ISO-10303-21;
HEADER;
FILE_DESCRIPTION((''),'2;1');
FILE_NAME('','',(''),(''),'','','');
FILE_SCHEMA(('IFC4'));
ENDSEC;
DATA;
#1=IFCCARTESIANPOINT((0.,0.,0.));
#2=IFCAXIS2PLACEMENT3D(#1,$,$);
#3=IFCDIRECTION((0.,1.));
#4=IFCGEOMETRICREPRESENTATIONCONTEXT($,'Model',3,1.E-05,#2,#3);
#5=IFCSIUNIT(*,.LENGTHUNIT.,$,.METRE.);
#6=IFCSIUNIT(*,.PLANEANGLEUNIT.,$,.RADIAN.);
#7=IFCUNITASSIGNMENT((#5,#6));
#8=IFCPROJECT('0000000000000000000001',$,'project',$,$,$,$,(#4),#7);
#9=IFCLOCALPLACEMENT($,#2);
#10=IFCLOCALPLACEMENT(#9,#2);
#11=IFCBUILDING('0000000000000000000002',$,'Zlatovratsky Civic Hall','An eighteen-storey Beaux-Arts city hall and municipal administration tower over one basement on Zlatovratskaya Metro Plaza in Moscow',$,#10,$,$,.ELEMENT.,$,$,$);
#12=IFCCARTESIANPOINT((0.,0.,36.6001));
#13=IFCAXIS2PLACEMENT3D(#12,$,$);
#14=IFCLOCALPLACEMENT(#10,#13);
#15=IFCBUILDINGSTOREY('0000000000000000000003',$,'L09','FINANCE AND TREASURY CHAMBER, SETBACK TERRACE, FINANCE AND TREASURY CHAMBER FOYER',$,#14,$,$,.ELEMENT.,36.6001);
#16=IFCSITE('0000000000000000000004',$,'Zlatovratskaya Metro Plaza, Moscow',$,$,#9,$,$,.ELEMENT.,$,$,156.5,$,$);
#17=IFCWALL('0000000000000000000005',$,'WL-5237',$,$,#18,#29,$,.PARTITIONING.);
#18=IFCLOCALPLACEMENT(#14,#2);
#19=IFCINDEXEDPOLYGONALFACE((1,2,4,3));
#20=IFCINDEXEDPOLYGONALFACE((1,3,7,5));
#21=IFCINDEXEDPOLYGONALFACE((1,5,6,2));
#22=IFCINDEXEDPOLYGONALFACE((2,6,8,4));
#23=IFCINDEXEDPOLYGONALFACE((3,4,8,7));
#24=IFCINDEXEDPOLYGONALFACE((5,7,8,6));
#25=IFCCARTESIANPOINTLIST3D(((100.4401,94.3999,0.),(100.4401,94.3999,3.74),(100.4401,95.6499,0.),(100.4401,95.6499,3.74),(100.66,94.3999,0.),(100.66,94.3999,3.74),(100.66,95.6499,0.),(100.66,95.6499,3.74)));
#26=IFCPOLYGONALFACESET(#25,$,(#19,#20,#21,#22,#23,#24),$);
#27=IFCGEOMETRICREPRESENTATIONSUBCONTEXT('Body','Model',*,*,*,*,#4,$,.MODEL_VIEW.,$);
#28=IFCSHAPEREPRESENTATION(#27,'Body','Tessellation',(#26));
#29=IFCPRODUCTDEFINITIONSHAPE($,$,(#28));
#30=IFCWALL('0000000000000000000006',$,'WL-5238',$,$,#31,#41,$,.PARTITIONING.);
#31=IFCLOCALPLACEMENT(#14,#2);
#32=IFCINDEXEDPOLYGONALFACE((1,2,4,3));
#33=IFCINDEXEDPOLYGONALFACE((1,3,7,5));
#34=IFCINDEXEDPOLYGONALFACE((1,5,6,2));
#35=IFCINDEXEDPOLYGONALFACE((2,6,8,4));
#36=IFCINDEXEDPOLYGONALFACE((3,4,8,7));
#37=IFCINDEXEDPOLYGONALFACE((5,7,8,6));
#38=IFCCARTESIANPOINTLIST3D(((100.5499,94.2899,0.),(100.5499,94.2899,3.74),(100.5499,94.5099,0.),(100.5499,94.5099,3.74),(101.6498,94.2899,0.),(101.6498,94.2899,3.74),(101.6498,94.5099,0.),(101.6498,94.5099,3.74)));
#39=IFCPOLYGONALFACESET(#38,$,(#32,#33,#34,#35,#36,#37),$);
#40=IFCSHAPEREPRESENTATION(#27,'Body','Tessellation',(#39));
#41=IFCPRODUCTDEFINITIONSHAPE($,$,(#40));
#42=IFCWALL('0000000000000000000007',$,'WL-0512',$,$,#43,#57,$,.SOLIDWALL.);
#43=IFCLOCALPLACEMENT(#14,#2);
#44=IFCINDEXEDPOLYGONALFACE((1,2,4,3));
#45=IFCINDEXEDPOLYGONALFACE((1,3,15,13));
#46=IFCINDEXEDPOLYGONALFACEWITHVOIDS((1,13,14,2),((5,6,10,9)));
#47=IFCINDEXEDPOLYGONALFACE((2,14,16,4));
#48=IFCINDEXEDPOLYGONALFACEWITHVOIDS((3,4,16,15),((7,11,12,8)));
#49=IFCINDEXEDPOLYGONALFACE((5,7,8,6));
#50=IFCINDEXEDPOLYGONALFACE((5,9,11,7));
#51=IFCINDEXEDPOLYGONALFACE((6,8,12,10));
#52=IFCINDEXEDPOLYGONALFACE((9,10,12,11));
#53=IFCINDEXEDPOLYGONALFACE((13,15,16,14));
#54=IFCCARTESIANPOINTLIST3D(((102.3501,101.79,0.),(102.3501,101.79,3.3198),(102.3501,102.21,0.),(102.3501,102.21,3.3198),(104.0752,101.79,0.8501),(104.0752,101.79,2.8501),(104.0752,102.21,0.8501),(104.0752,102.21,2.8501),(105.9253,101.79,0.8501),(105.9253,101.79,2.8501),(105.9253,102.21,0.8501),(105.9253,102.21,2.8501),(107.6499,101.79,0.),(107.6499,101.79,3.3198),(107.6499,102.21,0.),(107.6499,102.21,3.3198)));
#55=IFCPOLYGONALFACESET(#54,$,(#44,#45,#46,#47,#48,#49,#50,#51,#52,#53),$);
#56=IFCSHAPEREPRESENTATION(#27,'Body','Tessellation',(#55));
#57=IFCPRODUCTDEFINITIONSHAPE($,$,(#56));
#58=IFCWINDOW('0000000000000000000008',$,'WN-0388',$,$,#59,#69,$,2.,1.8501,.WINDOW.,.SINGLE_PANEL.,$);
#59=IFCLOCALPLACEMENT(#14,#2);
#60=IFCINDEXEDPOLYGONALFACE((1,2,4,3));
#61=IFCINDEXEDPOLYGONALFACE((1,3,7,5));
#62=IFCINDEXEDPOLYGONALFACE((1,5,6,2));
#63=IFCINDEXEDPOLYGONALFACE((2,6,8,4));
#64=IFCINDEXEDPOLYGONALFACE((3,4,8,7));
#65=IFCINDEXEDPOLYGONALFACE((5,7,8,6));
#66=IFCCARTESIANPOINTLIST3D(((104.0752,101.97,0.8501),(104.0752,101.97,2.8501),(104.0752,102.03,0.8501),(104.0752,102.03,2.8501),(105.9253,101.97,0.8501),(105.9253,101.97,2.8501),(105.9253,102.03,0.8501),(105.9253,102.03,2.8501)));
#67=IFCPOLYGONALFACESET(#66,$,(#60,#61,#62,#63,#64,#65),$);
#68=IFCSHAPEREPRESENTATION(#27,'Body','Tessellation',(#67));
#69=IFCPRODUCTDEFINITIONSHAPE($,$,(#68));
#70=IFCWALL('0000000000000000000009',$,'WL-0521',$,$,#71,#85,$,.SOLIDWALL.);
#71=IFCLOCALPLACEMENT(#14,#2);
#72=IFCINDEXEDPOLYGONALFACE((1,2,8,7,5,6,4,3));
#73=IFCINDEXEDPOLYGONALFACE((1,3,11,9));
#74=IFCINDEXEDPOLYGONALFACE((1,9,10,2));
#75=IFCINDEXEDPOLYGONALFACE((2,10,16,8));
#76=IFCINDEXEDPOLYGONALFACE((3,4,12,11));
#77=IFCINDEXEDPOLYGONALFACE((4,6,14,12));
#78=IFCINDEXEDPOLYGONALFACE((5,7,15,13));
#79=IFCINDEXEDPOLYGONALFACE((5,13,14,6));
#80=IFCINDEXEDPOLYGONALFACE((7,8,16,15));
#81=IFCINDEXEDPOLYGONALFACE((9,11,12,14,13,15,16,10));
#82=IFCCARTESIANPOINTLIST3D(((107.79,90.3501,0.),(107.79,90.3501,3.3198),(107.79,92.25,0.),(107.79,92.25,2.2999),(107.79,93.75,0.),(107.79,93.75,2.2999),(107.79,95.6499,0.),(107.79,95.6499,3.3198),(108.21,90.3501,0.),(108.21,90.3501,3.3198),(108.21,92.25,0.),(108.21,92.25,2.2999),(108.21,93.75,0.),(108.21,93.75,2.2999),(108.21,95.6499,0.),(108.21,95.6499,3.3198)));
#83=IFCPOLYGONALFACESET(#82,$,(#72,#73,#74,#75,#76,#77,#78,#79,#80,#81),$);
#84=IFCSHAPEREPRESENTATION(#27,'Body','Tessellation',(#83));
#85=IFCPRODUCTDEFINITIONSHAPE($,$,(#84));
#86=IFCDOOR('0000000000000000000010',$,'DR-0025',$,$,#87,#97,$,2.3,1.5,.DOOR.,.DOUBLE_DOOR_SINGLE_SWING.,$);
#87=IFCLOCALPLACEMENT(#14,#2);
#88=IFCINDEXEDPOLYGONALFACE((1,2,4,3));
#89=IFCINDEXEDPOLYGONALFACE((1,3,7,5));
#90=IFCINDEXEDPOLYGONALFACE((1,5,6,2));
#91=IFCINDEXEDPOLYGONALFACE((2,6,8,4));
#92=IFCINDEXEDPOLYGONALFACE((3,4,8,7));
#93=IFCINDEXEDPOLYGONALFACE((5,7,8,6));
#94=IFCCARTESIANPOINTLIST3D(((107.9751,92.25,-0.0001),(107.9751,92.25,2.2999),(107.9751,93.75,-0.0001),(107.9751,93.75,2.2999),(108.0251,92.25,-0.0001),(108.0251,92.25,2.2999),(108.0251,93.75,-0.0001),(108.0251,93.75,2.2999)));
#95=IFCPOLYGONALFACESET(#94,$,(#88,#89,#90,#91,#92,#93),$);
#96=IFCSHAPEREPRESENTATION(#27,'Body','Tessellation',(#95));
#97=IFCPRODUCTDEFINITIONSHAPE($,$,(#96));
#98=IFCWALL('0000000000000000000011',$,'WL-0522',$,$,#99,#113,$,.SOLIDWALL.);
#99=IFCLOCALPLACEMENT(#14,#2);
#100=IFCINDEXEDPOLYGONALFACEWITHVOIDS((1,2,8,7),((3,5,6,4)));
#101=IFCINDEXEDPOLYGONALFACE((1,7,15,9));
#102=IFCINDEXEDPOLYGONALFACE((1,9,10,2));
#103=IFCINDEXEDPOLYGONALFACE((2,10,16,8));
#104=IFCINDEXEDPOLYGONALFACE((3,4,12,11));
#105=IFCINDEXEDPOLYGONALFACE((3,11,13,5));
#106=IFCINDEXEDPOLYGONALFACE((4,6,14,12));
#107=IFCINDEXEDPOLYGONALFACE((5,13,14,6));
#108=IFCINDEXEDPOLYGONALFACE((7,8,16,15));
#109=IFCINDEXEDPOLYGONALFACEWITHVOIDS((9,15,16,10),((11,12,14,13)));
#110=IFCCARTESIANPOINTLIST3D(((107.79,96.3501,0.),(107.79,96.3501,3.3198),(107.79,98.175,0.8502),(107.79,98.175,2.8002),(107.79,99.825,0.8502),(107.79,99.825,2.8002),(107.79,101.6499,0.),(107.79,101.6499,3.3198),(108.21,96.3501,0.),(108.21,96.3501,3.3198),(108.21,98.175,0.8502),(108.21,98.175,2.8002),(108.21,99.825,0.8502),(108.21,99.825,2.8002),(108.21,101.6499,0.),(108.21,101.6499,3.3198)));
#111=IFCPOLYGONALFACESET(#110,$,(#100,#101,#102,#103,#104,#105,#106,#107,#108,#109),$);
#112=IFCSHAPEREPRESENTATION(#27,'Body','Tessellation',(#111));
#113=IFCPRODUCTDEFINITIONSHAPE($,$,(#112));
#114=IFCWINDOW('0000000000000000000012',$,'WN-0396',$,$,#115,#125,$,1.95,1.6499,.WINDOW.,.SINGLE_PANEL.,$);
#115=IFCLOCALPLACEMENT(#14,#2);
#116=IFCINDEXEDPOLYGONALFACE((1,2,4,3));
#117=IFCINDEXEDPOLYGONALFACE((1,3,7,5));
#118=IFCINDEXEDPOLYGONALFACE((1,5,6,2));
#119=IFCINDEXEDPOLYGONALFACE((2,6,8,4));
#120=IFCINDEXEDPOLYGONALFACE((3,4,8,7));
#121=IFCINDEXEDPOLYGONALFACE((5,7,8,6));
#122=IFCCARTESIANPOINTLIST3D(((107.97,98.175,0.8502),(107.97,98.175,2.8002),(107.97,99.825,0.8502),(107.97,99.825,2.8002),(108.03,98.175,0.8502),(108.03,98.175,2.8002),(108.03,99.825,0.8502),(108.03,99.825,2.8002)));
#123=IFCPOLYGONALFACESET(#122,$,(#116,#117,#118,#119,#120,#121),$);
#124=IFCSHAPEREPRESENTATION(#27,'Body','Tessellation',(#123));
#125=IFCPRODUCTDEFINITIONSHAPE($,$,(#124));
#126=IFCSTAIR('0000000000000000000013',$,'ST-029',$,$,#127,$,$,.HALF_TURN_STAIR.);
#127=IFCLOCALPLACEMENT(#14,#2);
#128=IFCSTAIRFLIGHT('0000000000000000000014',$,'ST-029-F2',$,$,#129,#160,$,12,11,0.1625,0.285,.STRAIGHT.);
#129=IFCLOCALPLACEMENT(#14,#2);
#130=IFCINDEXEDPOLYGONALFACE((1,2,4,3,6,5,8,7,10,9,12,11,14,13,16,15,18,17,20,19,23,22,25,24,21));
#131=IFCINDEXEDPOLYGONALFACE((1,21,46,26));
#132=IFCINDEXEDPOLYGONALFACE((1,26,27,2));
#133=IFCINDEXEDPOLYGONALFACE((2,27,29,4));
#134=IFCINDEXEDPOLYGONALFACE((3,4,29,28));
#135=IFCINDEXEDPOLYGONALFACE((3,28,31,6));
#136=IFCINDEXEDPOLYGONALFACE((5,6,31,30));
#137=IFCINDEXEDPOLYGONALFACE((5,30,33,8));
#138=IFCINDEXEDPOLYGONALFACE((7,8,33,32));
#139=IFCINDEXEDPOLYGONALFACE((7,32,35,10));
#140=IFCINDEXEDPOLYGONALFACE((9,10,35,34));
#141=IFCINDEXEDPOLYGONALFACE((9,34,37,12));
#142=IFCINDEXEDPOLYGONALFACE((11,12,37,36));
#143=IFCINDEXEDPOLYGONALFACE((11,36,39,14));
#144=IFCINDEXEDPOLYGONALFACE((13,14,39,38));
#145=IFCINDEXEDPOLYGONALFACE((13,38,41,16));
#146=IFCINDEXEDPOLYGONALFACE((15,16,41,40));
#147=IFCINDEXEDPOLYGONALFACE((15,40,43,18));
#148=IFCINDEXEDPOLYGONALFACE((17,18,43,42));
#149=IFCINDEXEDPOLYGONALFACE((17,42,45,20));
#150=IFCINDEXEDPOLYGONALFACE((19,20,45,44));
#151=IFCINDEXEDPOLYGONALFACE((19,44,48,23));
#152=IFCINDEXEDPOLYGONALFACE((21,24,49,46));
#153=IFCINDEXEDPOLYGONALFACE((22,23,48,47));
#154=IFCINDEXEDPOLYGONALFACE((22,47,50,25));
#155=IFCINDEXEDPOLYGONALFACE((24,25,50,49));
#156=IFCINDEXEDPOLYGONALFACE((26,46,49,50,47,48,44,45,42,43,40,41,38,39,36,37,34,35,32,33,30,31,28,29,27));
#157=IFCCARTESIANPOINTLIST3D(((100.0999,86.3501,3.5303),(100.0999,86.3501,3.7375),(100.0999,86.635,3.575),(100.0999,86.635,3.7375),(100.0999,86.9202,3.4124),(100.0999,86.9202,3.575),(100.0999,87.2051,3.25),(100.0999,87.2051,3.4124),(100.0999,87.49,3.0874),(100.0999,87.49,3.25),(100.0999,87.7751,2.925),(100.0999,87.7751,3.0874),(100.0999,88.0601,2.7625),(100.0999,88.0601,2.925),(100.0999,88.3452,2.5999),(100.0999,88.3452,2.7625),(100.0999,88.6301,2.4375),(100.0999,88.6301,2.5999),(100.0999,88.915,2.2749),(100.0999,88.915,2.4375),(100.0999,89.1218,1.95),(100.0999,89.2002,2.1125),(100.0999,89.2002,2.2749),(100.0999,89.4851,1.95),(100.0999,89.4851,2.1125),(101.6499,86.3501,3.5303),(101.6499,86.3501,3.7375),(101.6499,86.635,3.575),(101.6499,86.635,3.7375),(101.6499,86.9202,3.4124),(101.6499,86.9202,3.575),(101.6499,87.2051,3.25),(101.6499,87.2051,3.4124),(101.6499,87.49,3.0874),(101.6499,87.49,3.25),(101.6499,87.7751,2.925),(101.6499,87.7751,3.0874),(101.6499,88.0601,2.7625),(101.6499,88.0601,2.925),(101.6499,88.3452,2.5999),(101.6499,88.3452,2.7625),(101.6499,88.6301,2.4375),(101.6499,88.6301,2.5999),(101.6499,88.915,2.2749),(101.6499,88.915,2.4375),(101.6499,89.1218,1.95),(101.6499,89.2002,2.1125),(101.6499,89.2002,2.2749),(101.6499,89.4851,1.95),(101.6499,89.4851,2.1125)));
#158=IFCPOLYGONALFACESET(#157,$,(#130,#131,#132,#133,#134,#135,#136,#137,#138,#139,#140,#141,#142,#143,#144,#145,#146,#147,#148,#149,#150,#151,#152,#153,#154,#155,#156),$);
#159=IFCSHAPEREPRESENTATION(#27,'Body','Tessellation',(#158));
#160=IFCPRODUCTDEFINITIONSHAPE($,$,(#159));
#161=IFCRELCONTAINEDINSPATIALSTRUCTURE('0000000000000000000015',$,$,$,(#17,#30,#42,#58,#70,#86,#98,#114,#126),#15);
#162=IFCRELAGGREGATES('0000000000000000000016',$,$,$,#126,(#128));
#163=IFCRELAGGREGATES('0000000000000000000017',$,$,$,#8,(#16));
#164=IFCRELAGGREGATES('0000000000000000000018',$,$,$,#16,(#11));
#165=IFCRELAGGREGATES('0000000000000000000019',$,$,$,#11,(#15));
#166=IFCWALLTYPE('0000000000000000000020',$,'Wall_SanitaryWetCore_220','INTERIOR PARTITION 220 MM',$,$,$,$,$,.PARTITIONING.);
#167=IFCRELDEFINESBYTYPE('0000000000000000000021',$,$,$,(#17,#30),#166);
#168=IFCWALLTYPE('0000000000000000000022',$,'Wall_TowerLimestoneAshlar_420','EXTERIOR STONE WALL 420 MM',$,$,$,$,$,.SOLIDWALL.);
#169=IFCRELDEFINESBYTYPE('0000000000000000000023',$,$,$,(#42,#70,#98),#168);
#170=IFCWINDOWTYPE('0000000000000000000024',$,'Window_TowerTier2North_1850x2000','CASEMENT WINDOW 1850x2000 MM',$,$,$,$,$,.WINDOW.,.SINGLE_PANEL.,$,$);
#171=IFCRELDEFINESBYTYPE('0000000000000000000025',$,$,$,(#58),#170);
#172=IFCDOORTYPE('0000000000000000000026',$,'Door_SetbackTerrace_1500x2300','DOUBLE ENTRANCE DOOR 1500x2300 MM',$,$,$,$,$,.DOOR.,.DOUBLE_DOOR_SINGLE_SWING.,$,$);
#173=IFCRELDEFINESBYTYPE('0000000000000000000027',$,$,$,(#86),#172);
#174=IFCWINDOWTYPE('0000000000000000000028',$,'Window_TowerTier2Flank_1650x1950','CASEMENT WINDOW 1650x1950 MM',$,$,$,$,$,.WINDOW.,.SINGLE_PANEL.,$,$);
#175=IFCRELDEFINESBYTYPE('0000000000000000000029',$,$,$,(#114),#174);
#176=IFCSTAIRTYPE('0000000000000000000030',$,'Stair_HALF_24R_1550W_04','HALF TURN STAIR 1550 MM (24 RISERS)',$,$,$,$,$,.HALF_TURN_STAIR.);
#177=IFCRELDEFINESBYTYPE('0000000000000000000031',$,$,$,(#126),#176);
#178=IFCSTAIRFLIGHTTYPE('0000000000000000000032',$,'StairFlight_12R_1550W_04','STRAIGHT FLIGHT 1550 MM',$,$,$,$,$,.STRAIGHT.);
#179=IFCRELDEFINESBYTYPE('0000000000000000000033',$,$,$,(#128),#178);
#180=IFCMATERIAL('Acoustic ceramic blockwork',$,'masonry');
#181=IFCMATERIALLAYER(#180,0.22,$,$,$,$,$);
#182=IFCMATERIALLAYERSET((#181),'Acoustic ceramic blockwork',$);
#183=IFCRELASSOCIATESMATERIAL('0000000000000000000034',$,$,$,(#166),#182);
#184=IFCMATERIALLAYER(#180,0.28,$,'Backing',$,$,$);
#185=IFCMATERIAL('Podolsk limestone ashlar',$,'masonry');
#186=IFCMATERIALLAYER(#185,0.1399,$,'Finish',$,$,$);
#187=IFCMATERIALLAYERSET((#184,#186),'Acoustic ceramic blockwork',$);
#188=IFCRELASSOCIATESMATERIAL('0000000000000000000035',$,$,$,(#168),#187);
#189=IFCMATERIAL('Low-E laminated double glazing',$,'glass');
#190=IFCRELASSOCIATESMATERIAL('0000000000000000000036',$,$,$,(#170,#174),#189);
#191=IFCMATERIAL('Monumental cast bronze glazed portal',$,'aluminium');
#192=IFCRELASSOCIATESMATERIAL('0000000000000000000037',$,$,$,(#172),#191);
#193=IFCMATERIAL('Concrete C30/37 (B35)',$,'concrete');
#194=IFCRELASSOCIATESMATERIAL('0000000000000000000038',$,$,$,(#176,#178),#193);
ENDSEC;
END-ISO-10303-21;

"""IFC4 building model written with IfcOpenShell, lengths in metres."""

from ifc_helpers import new_model, si_unit, direction, frame, frame_2d, origin, place, context, subcontext, project, spatial, polyline, rectangle, outline, extrude, material, layer, layer_set, type_object, element, fill, aggregate, save


model = new_model("IFC4")

# Units and contexts
model_context = context("Model", 3, precision=1e-05, world=origin(), true_north=direction((0.0, 1.0)))
body_context = subcontext(model_context, "Body", "Model", "MODEL_VIEW")
ifc_project = project(units=[si_unit("LENGTHUNIT", "METRE"), si_unit("PLANEANGLEUNIT", "RADIAN")], contexts=[model_context])

# Site, building, storey
site_placement = place(None, origin())
site = spatial("IfcSite", under=ifc_project, at=site_placement, Name="Zlatovratskaya Metro Plaza, Moscow", CompositionType="ELEMENT", RefElevation=156.5)
building_placement = place(site_placement, origin())
building = spatial("IfcBuilding", under=site, at=building_placement, Name="Zlatovratsky Civic Hall", Description="An eighteen-storey Beaux-Arts city hall and municipal administration tower over one basement on Zlatovratskaya Metro Plaza in Moscow", CompositionType="ELEMENT")
storey_placement = place(building_placement, frame((0.0, 0.0, 36.6001)))
storey = spatial("IfcBuildingStorey", under=building, at=storey_placement, Name="L09", Description="FINANCE AND TREASURY CHAMBER, SETBACK TERRACE, FINANCE AND TREASURY CHAMBER FOYER", CompositionType="ELEMENT", Elevation=36.6001)

# Walls
ifc_material_1 = material(Name="Acoustic ceramic blockwork", Category="masonry")
ifc_layer_1 = layer(ifc_material_1, 0.22)
ifc_layer_set_1 = layer_set([ifc_layer_1], Name="Acoustic ceramic blockwork")
wall_type_1 = type_object("IfcWallType", Name="Wall_SanitaryWetCore_220", Description="INTERIOR PARTITION 220 MM", PredefinedType="PARTITIONING", material=ifc_layer_set_1)
wall_1_placement = place(storey_placement, frame((100.55, 94.3999, 0.0), z_axis=(0.0, 0.0, 1.0), x_axis=(0.0, 1.0, 0.0)))
element("IfcWall", 1, at=wall_1_placement, inside=storey, type_object=wall_type_1, Name="WL-5237", PredefinedType="PARTITIONING", context=body_context, shape_type="SweptSolid", body=[
    extrude(rectangle(XDim=1.25, YDim=0.22, at=frame_2d((0.625, 0.0))), origin(), (0.0, 0.0, 1.0), 3.74),
])
wall_2_placement = place(storey_placement, frame((100.55, 94.3999, 0.0), z_axis=(0.0, 0.0, 1.0), x_axis=(1.0, 0.0, 0.0)))
element("IfcWall", 2, at=wall_2_placement, inside=storey, type_object=wall_type_1, Name="WL-5238", PredefinedType="PARTITIONING", context=body_context, shape_type="SweptSolid", body=[
    extrude(rectangle(XDim=1.0999, YDim=0.22, at=frame_2d((0.5498, 0.0))), origin(), (0.0, 0.0, 1.0), 3.74),
])

# Wall, opening, window
ifc_layer_2 = layer(ifc_material_1, 0.28, Name="Backing")
ifc_material_2 = material(Name="Podolsk limestone ashlar", Category="masonry")
ifc_layer_3 = layer(ifc_material_2, 0.1399, Name="Finish")
ifc_layer_set_2 = layer_set([ifc_layer_2, ifc_layer_3], Name="Acoustic ceramic blockwork")
wall_type_2 = type_object("IfcWallType", Name="Wall_TowerLimestoneAshlar_420", Description="EXTERIOR STONE WALL 420 MM", PredefinedType="SOLIDWALL", material=ifc_layer_set_2)
wall_3_placement = place(storey_placement, frame((102.3501, 102.0, 0.0), z_axis=(0.0, 0.0, 1.0), x_axis=(1.0, 0.0, 0.0)))
wall_3 = element("IfcWall", 3, at=wall_3_placement, inside=storey, type_object=wall_type_2, Name="WL-0512", PredefinedType="SOLIDWALL", context=body_context, shape_type="SweptSolid", body=[
    extrude(rectangle(XDim=5.2998, YDim=0.4199, at=frame_2d((2.6499, 0.0))), origin(), (0.0, 0.0, 1.0), 3.3198),
])
opening_1_placement = place(wall_3_placement, frame((1.7251, 0.0, 0.8501)))
opening_1 = element("IfcOpeningElement", 4, at=opening_1_placement, cuts=wall_3, PredefinedType="OPENING", context=body_context, shape_type="SweptSolid", body=[
    extrude(rectangle(XDim=1.8501, YDim=2.0, at=frame_2d((0.925, 1.0))), frame((0.0, 0.2249, 0.0), z_axis=(0.0, -1.0, 0.0), x_axis=(1.0, 0.0, 0.0)), (0.0, 0.0, 1.0), 0.4497),
])
ifc_material_3 = material(Name="Low-E laminated double glazing", Category="glass")
window_type_1 = type_object("IfcWindowType", Name="Window_TowerTier2North_1850x2000", Description="CASEMENT WINDOW 1850x2000 MM", PartitioningType="SINGLE_PANEL", PredefinedType="WINDOW", material=ifc_material_3)
window_1_placement = place(opening_1_placement, origin())
window_1 = element("IfcWindow", 5, at=window_1_placement, inside=storey, type_object=window_type_1, Name="WN-0388", OverallHeight=2.0, OverallWidth=1.8501, PartitioningType="SINGLE_PANEL", PredefinedType="WINDOW", context=body_context, shape_type="SweptSolid", body=[
    extrude(rectangle(XDim=1.8501, YDim=2.0, at=frame_2d((0.925, 1.0))), frame((0.0, 0.03, 0.0), z_axis=(0.0, -1.0, 0.0), x_axis=(1.0, 0.0, 0.0)), (0.0, 0.0, 1.0), 0.0601),
])
fill(opening_1, window_1)

# Wall, opening, door
wall_4_placement = place(storey_placement, frame((108.0, 90.3501, 0.0), z_axis=(0.0, 0.0, 1.0), x_axis=(0.0, 1.0, 0.0)))
wall_4 = element("IfcWall", 6, at=wall_4_placement, inside=storey, type_object=wall_type_2, Name="WL-0521", PredefinedType="SOLIDWALL", context=body_context, shape_type="SweptSolid", body=[
    extrude(rectangle(XDim=5.2998, YDim=0.4199, at=frame_2d((2.6499, 0.0))), origin(), (0.0, 0.0, 1.0), 3.3198),
])
opening_2_placement = place(wall_4_placement, frame((1.8999, 0.0, 0.0)))
opening_2 = element("IfcOpeningElement", 7, at=opening_2_placement, cuts=wall_4, PredefinedType="OPENING", context=body_context, shape_type="SweptSolid", body=[
    extrude(rectangle(XDim=1.5, YDim=2.3, at=frame_2d((0.75, 1.1499))), frame((0.0, 0.2249, 0.0), z_axis=(0.0, -1.0, 0.0), x_axis=(1.0, 0.0, 0.0)), (0.0, 0.0, 1.0), 0.4497),
])
ifc_material_4 = material(Name="Monumental cast bronze glazed portal", Category="aluminium")
door_type = type_object("IfcDoorType", Name="Door_SetbackTerrace_1500x2300", Description="DOUBLE ENTRANCE DOOR 1500x2300 MM", OperationType="DOUBLE_DOOR_SINGLE_SWING", PredefinedType="DOOR", material=ifc_material_4)
door_placement = place(opening_2_placement, origin())
door = element("IfcDoor", 8, at=door_placement, inside=storey, type_object=door_type, Name="DR-0025", OperationType="DOUBLE_DOOR_SINGLE_SWING", OverallHeight=2.3, OverallWidth=1.5, PredefinedType="DOOR", context=body_context, shape_type="SweptSolid", body=[
    extrude(rectangle(XDim=1.5, YDim=2.3, at=frame_2d((0.75, 1.1499))), frame((0.0, 0.0249, 0.0), z_axis=(0.0, -1.0, 0.0), x_axis=(1.0, 0.0, 0.0)), (0.0, 0.0, 1.0), 0.05),
])
fill(opening_2, door)

# Wall, opening, window
wall_5_placement = place(storey_placement, frame((108.0, 96.3501, 0.0), z_axis=(0.0, 0.0, 1.0), x_axis=(0.0, 1.0, 0.0)))
wall_5 = element("IfcWall", 9, at=wall_5_placement, inside=storey, type_object=wall_type_2, Name="WL-0522", PredefinedType="SOLIDWALL", context=body_context, shape_type="SweptSolid", body=[
    extrude(rectangle(XDim=5.2998, YDim=0.4199, at=frame_2d((2.6499, 0.0))), origin(), (0.0, 0.0, 1.0), 3.3198),
])
opening_3_placement = place(wall_5_placement, frame((1.825, 0.0, 0.8501)))
opening_3 = element("IfcOpeningElement", 10, at=opening_3_placement, cuts=wall_5, PredefinedType="OPENING", context=body_context, shape_type="SweptSolid", body=[
    extrude(rectangle(XDim=1.6499, YDim=1.95, at=frame_2d((0.825, 0.9751))), frame((0.0, 0.2249, 0.0), z_axis=(0.0, -1.0, 0.0), x_axis=(1.0, 0.0, 0.0)), (0.0, 0.0, 1.0), 0.4497),
])
window_type_2 = type_object("IfcWindowType", Name="Window_TowerTier2Flank_1650x1950", Description="CASEMENT WINDOW 1650x1950 MM", PartitioningType="SINGLE_PANEL", PredefinedType="WINDOW", material=ifc_material_3)
window_2_placement = place(opening_3_placement, origin())
window_2 = element("IfcWindow", 11, at=window_2_placement, inside=storey, type_object=window_type_2, Name="WN-0396", OverallHeight=1.95, OverallWidth=1.6499, PartitioningType="SINGLE_PANEL", PredefinedType="WINDOW", context=body_context, shape_type="SweptSolid", body=[
    extrude(rectangle(XDim=1.6499, YDim=1.95, at=frame_2d((0.825, 0.9751))), frame((0.0, 0.03, 0.0), z_axis=(0.0, -1.0, 0.0), x_axis=(1.0, 0.0, 0.0)), (0.0, 0.0, 1.0), 0.0601),
])
fill(opening_3, window_2)

# Stair, stair flight
ifc_material_5 = material(Name="Concrete C30/37 (B35)", Category="concrete")
stair_type = type_object("IfcStairType", Name="Stair_HALF_24R_1550W_04", Description="HALF TURN STAIR 1550 MM (24 RISERS)", PredefinedType="HALF_TURN_STAIR", material=ifc_material_5)
stair_placement = place(storey_placement, origin())
stair = element("IfcStair", 12, at=stair_placement, inside=storey, type_object=stair_type, Name="ST-029", PredefinedType="HALF_TURN_STAIR")
stair_flight_type = type_object("IfcStairFlightType", Name="StairFlight_12R_1550W_04", Description="STRAIGHT FLIGHT 1550 MM", PredefinedType="STRAIGHT", material=ifc_material_5)
stair_flight_placement = place(storey_placement, frame((100.875, 89.4851, 1.95), z_axis=(0.0, 0.0, 1.0), x_axis=(0.0, -1.0, 0.0)))
stair_flight = element("IfcStairFlight", 13, at=stair_flight_placement, type_object=stair_flight_type, Name="ST-029-F2", NumberOfRisers=12, NumberOfTreads=11, PredefinedType="STRAIGHT", RiserHeight=0.1625, TreadLength=0.285, context=body_context, shape_type="SweptSolid", body=[
    extrude(outline(polyline([(0.0, 0.0), (0.0, 0.1626), (0.2849, 0.1626), (0.2849, 0.325), (0.5701, 0.325), (0.5701, 0.4875), (0.855, 0.4875), (0.855, 0.6499), (1.1399, 0.6499), (1.1399, 0.8125), (1.425, 0.8125), (1.425, 0.9751), (1.71, 0.9751), (1.71, 1.1375), (1.9951, 1.1375), (1.9951, 1.3), (2.28, 1.3), (2.28, 1.4624), (2.5649, 1.4624), (2.5649, 1.625), (2.8501, 1.625), (2.8501, 1.7876), (3.135, 1.7876), (3.135, 1.95), (3.135, 1.5803), (0.3633, 0.0), (0.0, 0.0)])), frame((0.0, 0.7749, 0.0), z_axis=(0.0, -1.0, 0.0), x_axis=(1.0, 0.0, 0.0)), (0.0, 0.0, 1.0), 1.55),
])
aggregate(stair, [stair_flight])

save(model, "model.ifc")
